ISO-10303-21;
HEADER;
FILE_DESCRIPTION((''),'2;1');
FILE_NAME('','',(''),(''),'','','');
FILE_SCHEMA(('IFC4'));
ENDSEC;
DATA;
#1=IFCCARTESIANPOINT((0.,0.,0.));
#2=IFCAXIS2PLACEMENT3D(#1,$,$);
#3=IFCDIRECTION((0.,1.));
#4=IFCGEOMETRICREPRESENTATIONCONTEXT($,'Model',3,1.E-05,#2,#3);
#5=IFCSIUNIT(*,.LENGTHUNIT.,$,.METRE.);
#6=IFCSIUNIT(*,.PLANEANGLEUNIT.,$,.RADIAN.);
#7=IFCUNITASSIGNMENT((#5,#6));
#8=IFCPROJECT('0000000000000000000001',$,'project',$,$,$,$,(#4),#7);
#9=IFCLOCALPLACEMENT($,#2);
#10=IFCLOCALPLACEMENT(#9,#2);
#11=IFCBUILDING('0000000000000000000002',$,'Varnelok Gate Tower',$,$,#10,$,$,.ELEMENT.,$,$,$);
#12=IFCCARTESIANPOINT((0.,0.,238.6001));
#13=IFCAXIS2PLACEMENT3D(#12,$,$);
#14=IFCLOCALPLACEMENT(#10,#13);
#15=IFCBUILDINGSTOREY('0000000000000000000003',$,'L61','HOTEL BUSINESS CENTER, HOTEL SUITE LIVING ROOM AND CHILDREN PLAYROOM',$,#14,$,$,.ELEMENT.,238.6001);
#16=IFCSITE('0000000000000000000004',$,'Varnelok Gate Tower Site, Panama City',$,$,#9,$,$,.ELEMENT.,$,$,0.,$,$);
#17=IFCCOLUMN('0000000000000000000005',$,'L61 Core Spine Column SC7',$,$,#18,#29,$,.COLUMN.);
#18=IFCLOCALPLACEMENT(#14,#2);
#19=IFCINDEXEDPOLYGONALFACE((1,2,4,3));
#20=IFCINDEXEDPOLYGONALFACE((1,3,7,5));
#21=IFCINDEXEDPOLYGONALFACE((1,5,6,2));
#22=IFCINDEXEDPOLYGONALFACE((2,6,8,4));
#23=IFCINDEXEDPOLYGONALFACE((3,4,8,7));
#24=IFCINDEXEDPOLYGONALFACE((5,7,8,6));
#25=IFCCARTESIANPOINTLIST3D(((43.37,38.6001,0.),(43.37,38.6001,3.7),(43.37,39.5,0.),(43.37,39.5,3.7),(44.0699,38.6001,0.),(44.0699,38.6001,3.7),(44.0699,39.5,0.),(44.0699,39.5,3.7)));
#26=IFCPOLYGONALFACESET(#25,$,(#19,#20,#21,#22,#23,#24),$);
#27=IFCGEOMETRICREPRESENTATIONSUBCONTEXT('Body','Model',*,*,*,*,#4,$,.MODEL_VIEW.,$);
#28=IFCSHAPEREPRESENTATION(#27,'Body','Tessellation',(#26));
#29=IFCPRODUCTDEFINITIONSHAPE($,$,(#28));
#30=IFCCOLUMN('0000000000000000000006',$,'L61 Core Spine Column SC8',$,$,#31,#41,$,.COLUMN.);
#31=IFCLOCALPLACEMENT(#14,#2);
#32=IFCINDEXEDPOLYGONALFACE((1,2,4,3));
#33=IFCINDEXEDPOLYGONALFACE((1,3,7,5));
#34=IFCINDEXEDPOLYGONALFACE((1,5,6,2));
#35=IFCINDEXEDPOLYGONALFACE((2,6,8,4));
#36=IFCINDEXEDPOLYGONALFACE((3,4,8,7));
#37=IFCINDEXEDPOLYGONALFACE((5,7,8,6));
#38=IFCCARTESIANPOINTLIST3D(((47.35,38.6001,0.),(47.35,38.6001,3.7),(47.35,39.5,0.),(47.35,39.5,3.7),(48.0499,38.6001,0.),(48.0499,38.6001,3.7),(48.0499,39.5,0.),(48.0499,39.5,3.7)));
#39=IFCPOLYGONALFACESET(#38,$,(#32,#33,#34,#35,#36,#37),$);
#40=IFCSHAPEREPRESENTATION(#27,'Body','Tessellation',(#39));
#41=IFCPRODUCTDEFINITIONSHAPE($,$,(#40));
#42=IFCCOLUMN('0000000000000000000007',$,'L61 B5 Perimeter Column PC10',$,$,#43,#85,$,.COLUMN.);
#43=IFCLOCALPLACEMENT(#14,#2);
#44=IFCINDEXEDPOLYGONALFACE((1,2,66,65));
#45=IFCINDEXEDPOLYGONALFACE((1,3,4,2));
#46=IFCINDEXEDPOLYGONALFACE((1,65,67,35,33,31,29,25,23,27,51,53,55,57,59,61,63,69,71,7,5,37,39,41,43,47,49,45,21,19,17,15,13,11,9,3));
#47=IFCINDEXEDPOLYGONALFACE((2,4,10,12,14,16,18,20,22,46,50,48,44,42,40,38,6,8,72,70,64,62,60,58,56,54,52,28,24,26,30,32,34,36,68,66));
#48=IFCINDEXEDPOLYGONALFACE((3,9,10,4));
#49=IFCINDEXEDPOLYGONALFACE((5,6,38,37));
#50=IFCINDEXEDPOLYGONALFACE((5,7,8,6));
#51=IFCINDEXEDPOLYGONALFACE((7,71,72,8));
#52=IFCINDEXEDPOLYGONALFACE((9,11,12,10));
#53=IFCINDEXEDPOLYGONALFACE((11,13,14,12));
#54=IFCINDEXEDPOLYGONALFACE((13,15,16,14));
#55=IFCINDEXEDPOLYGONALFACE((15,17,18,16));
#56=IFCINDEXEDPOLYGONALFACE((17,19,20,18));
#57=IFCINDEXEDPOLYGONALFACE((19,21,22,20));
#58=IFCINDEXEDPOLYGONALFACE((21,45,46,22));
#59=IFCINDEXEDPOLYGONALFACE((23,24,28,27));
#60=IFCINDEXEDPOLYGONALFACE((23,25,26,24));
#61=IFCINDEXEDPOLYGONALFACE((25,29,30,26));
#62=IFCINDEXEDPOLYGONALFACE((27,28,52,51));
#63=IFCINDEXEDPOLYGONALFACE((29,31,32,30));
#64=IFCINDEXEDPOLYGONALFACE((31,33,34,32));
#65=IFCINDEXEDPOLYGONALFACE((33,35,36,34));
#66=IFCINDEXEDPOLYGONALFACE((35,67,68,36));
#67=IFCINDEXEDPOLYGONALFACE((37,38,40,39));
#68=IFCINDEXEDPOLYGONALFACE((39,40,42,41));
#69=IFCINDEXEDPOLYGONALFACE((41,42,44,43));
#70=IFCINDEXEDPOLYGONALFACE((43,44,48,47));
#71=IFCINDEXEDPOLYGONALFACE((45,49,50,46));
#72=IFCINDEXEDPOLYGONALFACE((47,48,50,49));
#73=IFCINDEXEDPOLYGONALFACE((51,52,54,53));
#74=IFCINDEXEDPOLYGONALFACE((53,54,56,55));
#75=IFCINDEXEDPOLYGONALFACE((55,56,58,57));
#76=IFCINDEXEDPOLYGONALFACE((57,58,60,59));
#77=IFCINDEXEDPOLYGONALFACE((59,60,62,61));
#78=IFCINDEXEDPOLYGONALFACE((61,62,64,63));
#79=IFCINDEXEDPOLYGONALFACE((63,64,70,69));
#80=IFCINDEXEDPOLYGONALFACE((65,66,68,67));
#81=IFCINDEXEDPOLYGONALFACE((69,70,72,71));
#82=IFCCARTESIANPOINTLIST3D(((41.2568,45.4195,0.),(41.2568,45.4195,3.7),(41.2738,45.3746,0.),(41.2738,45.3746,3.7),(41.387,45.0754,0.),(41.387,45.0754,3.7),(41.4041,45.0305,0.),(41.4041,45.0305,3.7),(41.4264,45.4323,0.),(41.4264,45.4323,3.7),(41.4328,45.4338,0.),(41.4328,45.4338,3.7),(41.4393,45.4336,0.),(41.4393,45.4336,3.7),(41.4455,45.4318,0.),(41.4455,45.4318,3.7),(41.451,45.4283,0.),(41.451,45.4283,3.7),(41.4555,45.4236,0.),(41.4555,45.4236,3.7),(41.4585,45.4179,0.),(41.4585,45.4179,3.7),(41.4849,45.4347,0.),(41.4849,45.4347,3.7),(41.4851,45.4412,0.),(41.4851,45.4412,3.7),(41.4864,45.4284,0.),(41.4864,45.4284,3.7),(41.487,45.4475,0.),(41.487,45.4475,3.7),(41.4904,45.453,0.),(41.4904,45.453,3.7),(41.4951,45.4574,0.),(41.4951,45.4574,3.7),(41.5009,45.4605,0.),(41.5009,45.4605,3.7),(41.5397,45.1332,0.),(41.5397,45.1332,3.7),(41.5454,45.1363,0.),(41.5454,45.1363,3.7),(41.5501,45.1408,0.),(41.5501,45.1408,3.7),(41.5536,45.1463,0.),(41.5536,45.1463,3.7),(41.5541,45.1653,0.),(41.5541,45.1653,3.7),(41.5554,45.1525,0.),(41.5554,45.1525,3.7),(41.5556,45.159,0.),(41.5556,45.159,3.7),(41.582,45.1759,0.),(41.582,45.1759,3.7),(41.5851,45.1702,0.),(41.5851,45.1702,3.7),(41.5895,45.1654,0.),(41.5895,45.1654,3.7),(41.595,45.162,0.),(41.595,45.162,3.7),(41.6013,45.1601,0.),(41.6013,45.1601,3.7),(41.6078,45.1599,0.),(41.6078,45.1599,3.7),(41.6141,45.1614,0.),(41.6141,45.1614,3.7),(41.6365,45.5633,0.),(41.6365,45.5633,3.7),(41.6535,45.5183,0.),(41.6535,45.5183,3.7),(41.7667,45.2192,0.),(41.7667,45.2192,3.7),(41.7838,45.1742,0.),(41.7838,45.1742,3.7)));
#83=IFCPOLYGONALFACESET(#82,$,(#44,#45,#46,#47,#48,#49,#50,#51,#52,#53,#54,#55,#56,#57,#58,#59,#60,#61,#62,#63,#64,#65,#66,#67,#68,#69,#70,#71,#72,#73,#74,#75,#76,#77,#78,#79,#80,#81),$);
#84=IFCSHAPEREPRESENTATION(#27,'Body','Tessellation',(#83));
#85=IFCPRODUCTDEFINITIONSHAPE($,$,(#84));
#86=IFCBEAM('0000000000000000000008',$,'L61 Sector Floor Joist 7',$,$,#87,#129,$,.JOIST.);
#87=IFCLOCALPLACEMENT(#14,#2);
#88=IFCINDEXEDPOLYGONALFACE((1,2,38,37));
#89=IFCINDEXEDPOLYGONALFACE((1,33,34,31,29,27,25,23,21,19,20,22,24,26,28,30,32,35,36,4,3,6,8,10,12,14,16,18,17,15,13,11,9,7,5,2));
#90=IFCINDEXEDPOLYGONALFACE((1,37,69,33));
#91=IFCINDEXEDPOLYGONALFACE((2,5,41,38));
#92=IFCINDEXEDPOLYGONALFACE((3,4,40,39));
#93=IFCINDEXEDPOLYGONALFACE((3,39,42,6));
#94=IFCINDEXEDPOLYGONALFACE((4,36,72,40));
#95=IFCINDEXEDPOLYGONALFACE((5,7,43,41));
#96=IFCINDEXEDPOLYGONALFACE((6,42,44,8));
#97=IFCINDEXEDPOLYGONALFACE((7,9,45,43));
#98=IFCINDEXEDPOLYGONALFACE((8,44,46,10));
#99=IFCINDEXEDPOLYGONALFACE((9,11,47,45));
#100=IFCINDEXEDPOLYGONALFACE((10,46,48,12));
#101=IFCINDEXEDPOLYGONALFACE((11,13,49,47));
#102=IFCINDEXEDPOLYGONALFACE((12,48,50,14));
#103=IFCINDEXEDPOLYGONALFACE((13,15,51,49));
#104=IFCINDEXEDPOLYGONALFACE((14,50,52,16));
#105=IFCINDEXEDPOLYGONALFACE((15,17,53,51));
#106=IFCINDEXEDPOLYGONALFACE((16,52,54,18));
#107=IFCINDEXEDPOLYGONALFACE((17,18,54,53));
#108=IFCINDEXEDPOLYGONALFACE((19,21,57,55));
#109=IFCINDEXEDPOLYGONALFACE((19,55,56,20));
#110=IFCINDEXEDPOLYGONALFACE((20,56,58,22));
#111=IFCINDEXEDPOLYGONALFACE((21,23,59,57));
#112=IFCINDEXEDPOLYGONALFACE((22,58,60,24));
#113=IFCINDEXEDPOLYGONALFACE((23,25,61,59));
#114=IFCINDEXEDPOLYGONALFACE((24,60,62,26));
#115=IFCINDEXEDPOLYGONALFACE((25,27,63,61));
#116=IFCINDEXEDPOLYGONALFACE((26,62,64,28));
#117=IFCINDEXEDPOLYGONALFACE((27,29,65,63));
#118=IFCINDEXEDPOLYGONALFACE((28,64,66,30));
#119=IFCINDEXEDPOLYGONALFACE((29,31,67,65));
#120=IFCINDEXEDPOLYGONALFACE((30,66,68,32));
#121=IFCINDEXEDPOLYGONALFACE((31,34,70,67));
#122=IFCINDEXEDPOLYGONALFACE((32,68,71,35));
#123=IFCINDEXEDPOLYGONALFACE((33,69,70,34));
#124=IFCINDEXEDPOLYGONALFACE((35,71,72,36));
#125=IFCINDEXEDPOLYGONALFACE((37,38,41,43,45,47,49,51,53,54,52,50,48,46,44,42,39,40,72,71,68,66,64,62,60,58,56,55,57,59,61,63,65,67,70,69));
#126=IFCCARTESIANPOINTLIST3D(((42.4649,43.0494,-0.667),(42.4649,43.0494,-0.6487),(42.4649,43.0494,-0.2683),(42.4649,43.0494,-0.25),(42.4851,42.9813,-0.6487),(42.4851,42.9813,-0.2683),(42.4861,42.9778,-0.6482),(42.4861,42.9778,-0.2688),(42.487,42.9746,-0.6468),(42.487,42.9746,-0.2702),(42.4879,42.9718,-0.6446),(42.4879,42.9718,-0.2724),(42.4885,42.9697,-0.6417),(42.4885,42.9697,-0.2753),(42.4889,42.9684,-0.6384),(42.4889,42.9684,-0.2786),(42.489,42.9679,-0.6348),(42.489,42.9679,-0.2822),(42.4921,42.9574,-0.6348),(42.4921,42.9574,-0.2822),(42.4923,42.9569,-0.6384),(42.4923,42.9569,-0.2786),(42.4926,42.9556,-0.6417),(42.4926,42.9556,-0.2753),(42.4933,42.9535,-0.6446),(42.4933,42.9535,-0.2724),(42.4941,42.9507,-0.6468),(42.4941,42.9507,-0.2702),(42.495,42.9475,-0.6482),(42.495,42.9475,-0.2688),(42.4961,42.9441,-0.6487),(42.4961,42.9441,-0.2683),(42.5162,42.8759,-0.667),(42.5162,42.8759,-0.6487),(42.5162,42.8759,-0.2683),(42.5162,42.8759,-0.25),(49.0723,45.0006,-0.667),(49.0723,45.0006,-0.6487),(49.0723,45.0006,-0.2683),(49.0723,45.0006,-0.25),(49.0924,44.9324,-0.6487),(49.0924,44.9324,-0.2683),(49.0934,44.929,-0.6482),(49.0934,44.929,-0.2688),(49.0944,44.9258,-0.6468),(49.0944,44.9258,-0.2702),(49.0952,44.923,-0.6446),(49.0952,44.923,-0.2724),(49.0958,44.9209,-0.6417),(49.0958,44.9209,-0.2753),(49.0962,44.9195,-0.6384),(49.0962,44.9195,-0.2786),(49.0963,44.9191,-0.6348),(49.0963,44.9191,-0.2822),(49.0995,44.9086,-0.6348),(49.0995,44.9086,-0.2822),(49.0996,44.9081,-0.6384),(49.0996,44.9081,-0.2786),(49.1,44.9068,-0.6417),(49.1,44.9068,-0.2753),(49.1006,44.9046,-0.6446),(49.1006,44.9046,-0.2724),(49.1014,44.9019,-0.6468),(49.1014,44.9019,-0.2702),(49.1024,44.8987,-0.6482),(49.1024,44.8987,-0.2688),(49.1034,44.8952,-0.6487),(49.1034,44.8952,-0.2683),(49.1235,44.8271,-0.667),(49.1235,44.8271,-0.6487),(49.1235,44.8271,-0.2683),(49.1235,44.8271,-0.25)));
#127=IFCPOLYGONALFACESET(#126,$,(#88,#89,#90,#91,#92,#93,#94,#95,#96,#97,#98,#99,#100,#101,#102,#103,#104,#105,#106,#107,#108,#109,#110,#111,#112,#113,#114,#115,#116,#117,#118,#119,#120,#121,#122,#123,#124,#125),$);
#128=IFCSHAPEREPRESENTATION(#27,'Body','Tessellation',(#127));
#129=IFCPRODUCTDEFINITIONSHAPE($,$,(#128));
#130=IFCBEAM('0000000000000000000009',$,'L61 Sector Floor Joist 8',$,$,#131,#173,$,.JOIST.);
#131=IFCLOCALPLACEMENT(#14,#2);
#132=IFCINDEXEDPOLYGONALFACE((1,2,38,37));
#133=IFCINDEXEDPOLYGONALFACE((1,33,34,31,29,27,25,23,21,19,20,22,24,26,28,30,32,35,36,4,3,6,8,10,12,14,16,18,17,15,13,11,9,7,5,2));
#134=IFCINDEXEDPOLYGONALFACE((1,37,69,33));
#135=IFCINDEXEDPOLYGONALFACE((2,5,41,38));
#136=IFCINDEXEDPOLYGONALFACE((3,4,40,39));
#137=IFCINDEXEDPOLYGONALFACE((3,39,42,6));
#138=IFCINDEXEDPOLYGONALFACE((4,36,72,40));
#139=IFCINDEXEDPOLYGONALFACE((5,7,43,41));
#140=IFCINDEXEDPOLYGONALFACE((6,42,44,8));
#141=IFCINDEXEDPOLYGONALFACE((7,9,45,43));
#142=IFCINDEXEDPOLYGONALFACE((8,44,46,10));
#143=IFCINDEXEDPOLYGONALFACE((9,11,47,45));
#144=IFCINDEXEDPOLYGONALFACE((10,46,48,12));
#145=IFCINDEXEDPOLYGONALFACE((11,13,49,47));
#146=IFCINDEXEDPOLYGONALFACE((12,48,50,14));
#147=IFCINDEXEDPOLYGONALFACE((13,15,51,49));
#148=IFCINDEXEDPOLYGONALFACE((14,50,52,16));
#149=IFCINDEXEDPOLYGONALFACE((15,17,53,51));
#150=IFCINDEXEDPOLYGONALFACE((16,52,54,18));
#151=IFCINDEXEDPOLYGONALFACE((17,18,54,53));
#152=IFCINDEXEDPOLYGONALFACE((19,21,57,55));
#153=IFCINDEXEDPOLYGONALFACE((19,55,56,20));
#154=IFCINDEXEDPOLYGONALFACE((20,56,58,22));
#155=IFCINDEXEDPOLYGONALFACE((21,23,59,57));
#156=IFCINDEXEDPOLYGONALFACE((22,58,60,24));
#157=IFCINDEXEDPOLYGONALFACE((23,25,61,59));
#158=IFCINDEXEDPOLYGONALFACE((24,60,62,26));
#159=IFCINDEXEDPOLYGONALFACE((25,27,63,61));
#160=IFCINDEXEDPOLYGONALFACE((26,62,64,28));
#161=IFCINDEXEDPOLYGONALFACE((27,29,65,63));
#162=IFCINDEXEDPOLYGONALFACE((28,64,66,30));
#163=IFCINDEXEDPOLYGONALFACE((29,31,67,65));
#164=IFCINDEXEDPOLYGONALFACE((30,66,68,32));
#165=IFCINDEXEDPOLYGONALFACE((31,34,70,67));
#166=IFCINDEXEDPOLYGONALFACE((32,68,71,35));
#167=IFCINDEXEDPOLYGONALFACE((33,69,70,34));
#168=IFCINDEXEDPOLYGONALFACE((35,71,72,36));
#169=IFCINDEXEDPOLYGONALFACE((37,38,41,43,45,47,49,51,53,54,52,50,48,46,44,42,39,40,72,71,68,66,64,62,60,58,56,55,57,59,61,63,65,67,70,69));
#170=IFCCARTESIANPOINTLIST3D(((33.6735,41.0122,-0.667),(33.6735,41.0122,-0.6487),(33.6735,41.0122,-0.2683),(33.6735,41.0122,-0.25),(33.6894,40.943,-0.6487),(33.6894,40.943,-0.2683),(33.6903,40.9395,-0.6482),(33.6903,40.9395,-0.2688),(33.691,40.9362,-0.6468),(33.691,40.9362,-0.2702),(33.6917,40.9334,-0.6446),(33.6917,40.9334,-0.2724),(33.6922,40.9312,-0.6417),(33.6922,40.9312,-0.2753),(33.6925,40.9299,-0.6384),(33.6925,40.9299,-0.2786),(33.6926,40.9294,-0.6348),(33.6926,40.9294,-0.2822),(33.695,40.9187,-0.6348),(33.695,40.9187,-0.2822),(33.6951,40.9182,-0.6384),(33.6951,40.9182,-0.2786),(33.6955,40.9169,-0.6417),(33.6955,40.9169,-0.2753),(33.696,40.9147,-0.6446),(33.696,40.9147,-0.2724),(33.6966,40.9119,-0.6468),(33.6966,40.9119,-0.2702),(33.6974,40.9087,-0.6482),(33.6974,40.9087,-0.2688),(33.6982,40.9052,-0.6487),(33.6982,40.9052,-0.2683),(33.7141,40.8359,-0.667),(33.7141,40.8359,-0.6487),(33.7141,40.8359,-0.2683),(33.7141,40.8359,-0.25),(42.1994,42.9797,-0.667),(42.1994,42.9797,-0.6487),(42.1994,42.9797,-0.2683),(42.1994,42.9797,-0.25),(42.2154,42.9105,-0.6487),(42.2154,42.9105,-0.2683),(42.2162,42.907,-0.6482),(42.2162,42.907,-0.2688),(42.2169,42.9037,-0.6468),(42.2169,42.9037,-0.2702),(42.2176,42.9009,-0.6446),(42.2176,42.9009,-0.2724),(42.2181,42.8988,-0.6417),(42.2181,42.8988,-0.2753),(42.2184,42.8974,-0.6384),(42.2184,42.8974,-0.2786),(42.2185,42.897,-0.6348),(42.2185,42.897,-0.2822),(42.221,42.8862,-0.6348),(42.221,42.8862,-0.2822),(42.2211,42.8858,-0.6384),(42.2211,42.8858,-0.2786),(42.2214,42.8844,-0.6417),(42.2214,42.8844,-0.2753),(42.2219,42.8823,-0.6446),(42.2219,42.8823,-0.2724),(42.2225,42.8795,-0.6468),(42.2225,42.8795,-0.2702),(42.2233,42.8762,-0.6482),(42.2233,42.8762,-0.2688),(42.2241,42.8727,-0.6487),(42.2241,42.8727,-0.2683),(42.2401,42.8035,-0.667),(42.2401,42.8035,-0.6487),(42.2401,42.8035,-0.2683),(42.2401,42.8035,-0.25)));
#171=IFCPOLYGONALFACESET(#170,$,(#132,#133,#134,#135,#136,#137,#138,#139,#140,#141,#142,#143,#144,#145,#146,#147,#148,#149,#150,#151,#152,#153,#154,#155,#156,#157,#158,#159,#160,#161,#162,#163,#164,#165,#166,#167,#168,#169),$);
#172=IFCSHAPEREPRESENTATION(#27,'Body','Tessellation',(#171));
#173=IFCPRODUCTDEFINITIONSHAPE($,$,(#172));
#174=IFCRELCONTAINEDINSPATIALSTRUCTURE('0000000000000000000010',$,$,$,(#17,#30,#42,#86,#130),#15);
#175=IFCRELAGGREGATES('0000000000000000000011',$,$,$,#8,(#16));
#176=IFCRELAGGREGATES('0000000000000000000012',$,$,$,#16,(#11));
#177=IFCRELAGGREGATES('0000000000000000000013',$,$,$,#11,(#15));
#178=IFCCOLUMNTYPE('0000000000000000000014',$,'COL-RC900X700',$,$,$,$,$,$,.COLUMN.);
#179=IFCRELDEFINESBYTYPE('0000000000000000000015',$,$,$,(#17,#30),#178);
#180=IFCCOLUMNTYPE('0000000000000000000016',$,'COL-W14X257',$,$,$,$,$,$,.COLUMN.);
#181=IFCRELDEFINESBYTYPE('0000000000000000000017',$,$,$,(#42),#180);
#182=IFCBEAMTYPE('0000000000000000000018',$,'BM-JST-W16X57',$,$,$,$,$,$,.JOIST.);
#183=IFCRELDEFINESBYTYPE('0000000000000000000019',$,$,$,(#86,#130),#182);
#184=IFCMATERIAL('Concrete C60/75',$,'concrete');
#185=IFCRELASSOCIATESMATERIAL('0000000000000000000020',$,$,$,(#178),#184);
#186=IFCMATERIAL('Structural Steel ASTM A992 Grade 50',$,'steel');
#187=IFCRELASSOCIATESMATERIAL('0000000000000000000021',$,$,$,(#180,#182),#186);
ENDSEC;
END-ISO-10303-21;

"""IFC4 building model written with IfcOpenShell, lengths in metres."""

from ifc_helpers import new_model, si_unit, direction, frame, origin, origin_2d, place, context, subcontext, project, spatial, rectangle, i_section, extrude, material, material_profile, profile_set, type_object, element, save


model = new_model("IFC4")

# Units and contexts
model_context = context("Model", 3, precision=1e-05, world=origin(), true_north=direction((0.0, 1.0)))
body_context = subcontext(model_context, "Body", "Model", "MODEL_VIEW")
ifc_project = project(units=[si_unit("LENGTHUNIT", "METRE"), si_unit("PLANEANGLEUNIT", "RADIAN")], contexts=[model_context])

# Site, building, storey
site_placement = place(None, origin())
site = spatial("IfcSite", under=ifc_project, at=site_placement, Name="Varnelok Gate Tower Site, Panama City", CompositionType="ELEMENT", RefElevation=0.0)
building_placement = place(site_placement, origin())
building = spatial("IfcBuilding", under=site, at=building_placement, Name="Varnelok Gate Tower", CompositionType="ELEMENT")
storey_placement = place(building_placement, frame((0.0, 0.0, 238.6001)))
storey = spatial("IfcBuildingStorey", under=building, at=storey_placement, Name="L61", Description="HOTEL BUSINESS CENTER, HOTEL SUITE LIVING ROOM AND CHILDREN PLAYROOM", CompositionType="ELEMENT", Elevation=238.6001)

# Columns
ifc_material_1 = material(Name="Concrete C60/75", Category="concrete")
ifc_material_profile_1 = material_profile(ifc_material_1, rectangle(XDim=0.7, YDim=0.8999, at=origin_2d()), Name="RC900X700")
ifc_profile_set_1 = profile_set([ifc_material_profile_1], Name="Concrete C60/75")
column_type_1 = type_object("IfcColumnType", Name="COL-RC900X700", PredefinedType="COLUMN", material=ifc_profile_set_1)
for number, where, z_axis, x_axis, name in (
    (1, (43.72, 39.05, 0.0), (0.0, 0.0, 1.0), (1.0, 0.0, 0.0), "L61 Core Spine Column SC7"),
    (2, (47.7, 39.05, 0.0), (0.0, 0.0, 1.0), (1.0, 0.0, 0.0), "L61 Core Spine Column SC8"),
):
    element("IfcColumn", number, at=place(storey_placement, frame(where, z_axis=z_axis, x_axis=x_axis)), inside=storey, type_object=column_type_1, Name=name, PredefinedType="COLUMN", context=body_context, shape_type="SweptSolid", body=[
        extrude(rectangle(XDim=0.7, YDim=0.8999, at=origin_2d()), origin(), (0.0, 0.0, 1.0), 3.7),
    ])
ifc_material_2 = material(Name="Structural Steel ASTM A992 Grade 50", Category="steel")
ifc_material_profile_2 = material_profile(ifc_material_2, i_section(OverallWidth=0.406, OverallDepth=0.416, WebThickness=0.0298, FlangeThickness=0.0481, FilletRadius=0.0249, at=origin_2d()), Name="W14X257")
ifc_profile_set_2 = profile_set([ifc_material_profile_2], Name="Structural Steel ASTM A992 Grade 50")
column_type_2 = type_object("IfcColumnType", Name="COL-W14X257", PredefinedType="COLUMN", material=ifc_profile_set_2)
column_placement = place(storey_placement, frame((41.5203, 45.2969, 0.0), z_axis=(0.0, 0.0, 1.0), x_axis=(0.935222, 0.354063, 0.0)))
element("IfcColumn", 3, at=column_placement, inside=storey, type_object=column_type_2, Name="L61 B5 Perimeter Column PC10", PredefinedType="COLUMN", context=body_context, shape_type="SweptSolid", body=[
    extrude(i_section(OverallWidth=0.406, OverallDepth=0.416, WebThickness=0.0298, FlangeThickness=0.0481, FilletRadius=0.0249, at=origin_2d()), origin(), (0.0, 0.0, 1.0), 3.7),
])

# Beams
ifc_material_profile_3 = material_profile(ifc_material_2, i_section(OverallWidth=0.1809, OverallDepth=0.417, WebThickness=0.011, FlangeThickness=0.0183, FilletRadius=0.0139, at=origin_2d()), Name="W16X57")
ifc_profile_set_3 = profile_set([ifc_material_profile_3], Name="Structural Steel ASTM A992 Grade 50")
beam_type_1 = type_object("IfcBeamType", Name="BM-JST-W16X57", PredefinedType="JOIST", material=ifc_profile_set_3)
beam_1_placement = place(storey_placement, frame((49.0979, 44.9138, -0.4585), z_axis=(-0.959058, -0.28321, 0.0), x_axis=(0.28321, -0.959058, 0.0)))
element("IfcBeam", 4, at=beam_1_placement, inside=storey, type_object=beam_type_1, Name="L61 Sector Floor Joist 7", PredefinedType="JOIST", context=body_context, shape_type="SweptSolid", body=[
    extrude(i_section(OverallWidth=0.1809, OverallDepth=0.417, WebThickness=0.011, FlangeThickness=0.0183, FilletRadius=0.0139, at=origin_2d()), origin(), (0.0, 0.0, 1.0), 6.8894),
])
beam_2_placement = place(storey_placement, frame((42.2197, 42.8916, -0.4585), z_axis=(-0.974391, -0.224862, 0.0), x_axis=(0.224862, -0.974391, 0.0)))
element("IfcBeam", 5, at=beam_2_placement, inside=storey, type_object=beam_type_1, Name="L61 Sector Floor Joist 8", PredefinedType="JOIST", context=body_context, shape_type="SweptSolid", body=[
    extrude(i_section(OverallWidth=0.1809, OverallDepth=0.417, WebThickness=0.011, FlangeThickness=0.0183, FilletRadius=0.0139, at=origin_2d()), origin(), (0.0, 0.0, 1.0), 8.75),
])

save(model, "model.ifc")
